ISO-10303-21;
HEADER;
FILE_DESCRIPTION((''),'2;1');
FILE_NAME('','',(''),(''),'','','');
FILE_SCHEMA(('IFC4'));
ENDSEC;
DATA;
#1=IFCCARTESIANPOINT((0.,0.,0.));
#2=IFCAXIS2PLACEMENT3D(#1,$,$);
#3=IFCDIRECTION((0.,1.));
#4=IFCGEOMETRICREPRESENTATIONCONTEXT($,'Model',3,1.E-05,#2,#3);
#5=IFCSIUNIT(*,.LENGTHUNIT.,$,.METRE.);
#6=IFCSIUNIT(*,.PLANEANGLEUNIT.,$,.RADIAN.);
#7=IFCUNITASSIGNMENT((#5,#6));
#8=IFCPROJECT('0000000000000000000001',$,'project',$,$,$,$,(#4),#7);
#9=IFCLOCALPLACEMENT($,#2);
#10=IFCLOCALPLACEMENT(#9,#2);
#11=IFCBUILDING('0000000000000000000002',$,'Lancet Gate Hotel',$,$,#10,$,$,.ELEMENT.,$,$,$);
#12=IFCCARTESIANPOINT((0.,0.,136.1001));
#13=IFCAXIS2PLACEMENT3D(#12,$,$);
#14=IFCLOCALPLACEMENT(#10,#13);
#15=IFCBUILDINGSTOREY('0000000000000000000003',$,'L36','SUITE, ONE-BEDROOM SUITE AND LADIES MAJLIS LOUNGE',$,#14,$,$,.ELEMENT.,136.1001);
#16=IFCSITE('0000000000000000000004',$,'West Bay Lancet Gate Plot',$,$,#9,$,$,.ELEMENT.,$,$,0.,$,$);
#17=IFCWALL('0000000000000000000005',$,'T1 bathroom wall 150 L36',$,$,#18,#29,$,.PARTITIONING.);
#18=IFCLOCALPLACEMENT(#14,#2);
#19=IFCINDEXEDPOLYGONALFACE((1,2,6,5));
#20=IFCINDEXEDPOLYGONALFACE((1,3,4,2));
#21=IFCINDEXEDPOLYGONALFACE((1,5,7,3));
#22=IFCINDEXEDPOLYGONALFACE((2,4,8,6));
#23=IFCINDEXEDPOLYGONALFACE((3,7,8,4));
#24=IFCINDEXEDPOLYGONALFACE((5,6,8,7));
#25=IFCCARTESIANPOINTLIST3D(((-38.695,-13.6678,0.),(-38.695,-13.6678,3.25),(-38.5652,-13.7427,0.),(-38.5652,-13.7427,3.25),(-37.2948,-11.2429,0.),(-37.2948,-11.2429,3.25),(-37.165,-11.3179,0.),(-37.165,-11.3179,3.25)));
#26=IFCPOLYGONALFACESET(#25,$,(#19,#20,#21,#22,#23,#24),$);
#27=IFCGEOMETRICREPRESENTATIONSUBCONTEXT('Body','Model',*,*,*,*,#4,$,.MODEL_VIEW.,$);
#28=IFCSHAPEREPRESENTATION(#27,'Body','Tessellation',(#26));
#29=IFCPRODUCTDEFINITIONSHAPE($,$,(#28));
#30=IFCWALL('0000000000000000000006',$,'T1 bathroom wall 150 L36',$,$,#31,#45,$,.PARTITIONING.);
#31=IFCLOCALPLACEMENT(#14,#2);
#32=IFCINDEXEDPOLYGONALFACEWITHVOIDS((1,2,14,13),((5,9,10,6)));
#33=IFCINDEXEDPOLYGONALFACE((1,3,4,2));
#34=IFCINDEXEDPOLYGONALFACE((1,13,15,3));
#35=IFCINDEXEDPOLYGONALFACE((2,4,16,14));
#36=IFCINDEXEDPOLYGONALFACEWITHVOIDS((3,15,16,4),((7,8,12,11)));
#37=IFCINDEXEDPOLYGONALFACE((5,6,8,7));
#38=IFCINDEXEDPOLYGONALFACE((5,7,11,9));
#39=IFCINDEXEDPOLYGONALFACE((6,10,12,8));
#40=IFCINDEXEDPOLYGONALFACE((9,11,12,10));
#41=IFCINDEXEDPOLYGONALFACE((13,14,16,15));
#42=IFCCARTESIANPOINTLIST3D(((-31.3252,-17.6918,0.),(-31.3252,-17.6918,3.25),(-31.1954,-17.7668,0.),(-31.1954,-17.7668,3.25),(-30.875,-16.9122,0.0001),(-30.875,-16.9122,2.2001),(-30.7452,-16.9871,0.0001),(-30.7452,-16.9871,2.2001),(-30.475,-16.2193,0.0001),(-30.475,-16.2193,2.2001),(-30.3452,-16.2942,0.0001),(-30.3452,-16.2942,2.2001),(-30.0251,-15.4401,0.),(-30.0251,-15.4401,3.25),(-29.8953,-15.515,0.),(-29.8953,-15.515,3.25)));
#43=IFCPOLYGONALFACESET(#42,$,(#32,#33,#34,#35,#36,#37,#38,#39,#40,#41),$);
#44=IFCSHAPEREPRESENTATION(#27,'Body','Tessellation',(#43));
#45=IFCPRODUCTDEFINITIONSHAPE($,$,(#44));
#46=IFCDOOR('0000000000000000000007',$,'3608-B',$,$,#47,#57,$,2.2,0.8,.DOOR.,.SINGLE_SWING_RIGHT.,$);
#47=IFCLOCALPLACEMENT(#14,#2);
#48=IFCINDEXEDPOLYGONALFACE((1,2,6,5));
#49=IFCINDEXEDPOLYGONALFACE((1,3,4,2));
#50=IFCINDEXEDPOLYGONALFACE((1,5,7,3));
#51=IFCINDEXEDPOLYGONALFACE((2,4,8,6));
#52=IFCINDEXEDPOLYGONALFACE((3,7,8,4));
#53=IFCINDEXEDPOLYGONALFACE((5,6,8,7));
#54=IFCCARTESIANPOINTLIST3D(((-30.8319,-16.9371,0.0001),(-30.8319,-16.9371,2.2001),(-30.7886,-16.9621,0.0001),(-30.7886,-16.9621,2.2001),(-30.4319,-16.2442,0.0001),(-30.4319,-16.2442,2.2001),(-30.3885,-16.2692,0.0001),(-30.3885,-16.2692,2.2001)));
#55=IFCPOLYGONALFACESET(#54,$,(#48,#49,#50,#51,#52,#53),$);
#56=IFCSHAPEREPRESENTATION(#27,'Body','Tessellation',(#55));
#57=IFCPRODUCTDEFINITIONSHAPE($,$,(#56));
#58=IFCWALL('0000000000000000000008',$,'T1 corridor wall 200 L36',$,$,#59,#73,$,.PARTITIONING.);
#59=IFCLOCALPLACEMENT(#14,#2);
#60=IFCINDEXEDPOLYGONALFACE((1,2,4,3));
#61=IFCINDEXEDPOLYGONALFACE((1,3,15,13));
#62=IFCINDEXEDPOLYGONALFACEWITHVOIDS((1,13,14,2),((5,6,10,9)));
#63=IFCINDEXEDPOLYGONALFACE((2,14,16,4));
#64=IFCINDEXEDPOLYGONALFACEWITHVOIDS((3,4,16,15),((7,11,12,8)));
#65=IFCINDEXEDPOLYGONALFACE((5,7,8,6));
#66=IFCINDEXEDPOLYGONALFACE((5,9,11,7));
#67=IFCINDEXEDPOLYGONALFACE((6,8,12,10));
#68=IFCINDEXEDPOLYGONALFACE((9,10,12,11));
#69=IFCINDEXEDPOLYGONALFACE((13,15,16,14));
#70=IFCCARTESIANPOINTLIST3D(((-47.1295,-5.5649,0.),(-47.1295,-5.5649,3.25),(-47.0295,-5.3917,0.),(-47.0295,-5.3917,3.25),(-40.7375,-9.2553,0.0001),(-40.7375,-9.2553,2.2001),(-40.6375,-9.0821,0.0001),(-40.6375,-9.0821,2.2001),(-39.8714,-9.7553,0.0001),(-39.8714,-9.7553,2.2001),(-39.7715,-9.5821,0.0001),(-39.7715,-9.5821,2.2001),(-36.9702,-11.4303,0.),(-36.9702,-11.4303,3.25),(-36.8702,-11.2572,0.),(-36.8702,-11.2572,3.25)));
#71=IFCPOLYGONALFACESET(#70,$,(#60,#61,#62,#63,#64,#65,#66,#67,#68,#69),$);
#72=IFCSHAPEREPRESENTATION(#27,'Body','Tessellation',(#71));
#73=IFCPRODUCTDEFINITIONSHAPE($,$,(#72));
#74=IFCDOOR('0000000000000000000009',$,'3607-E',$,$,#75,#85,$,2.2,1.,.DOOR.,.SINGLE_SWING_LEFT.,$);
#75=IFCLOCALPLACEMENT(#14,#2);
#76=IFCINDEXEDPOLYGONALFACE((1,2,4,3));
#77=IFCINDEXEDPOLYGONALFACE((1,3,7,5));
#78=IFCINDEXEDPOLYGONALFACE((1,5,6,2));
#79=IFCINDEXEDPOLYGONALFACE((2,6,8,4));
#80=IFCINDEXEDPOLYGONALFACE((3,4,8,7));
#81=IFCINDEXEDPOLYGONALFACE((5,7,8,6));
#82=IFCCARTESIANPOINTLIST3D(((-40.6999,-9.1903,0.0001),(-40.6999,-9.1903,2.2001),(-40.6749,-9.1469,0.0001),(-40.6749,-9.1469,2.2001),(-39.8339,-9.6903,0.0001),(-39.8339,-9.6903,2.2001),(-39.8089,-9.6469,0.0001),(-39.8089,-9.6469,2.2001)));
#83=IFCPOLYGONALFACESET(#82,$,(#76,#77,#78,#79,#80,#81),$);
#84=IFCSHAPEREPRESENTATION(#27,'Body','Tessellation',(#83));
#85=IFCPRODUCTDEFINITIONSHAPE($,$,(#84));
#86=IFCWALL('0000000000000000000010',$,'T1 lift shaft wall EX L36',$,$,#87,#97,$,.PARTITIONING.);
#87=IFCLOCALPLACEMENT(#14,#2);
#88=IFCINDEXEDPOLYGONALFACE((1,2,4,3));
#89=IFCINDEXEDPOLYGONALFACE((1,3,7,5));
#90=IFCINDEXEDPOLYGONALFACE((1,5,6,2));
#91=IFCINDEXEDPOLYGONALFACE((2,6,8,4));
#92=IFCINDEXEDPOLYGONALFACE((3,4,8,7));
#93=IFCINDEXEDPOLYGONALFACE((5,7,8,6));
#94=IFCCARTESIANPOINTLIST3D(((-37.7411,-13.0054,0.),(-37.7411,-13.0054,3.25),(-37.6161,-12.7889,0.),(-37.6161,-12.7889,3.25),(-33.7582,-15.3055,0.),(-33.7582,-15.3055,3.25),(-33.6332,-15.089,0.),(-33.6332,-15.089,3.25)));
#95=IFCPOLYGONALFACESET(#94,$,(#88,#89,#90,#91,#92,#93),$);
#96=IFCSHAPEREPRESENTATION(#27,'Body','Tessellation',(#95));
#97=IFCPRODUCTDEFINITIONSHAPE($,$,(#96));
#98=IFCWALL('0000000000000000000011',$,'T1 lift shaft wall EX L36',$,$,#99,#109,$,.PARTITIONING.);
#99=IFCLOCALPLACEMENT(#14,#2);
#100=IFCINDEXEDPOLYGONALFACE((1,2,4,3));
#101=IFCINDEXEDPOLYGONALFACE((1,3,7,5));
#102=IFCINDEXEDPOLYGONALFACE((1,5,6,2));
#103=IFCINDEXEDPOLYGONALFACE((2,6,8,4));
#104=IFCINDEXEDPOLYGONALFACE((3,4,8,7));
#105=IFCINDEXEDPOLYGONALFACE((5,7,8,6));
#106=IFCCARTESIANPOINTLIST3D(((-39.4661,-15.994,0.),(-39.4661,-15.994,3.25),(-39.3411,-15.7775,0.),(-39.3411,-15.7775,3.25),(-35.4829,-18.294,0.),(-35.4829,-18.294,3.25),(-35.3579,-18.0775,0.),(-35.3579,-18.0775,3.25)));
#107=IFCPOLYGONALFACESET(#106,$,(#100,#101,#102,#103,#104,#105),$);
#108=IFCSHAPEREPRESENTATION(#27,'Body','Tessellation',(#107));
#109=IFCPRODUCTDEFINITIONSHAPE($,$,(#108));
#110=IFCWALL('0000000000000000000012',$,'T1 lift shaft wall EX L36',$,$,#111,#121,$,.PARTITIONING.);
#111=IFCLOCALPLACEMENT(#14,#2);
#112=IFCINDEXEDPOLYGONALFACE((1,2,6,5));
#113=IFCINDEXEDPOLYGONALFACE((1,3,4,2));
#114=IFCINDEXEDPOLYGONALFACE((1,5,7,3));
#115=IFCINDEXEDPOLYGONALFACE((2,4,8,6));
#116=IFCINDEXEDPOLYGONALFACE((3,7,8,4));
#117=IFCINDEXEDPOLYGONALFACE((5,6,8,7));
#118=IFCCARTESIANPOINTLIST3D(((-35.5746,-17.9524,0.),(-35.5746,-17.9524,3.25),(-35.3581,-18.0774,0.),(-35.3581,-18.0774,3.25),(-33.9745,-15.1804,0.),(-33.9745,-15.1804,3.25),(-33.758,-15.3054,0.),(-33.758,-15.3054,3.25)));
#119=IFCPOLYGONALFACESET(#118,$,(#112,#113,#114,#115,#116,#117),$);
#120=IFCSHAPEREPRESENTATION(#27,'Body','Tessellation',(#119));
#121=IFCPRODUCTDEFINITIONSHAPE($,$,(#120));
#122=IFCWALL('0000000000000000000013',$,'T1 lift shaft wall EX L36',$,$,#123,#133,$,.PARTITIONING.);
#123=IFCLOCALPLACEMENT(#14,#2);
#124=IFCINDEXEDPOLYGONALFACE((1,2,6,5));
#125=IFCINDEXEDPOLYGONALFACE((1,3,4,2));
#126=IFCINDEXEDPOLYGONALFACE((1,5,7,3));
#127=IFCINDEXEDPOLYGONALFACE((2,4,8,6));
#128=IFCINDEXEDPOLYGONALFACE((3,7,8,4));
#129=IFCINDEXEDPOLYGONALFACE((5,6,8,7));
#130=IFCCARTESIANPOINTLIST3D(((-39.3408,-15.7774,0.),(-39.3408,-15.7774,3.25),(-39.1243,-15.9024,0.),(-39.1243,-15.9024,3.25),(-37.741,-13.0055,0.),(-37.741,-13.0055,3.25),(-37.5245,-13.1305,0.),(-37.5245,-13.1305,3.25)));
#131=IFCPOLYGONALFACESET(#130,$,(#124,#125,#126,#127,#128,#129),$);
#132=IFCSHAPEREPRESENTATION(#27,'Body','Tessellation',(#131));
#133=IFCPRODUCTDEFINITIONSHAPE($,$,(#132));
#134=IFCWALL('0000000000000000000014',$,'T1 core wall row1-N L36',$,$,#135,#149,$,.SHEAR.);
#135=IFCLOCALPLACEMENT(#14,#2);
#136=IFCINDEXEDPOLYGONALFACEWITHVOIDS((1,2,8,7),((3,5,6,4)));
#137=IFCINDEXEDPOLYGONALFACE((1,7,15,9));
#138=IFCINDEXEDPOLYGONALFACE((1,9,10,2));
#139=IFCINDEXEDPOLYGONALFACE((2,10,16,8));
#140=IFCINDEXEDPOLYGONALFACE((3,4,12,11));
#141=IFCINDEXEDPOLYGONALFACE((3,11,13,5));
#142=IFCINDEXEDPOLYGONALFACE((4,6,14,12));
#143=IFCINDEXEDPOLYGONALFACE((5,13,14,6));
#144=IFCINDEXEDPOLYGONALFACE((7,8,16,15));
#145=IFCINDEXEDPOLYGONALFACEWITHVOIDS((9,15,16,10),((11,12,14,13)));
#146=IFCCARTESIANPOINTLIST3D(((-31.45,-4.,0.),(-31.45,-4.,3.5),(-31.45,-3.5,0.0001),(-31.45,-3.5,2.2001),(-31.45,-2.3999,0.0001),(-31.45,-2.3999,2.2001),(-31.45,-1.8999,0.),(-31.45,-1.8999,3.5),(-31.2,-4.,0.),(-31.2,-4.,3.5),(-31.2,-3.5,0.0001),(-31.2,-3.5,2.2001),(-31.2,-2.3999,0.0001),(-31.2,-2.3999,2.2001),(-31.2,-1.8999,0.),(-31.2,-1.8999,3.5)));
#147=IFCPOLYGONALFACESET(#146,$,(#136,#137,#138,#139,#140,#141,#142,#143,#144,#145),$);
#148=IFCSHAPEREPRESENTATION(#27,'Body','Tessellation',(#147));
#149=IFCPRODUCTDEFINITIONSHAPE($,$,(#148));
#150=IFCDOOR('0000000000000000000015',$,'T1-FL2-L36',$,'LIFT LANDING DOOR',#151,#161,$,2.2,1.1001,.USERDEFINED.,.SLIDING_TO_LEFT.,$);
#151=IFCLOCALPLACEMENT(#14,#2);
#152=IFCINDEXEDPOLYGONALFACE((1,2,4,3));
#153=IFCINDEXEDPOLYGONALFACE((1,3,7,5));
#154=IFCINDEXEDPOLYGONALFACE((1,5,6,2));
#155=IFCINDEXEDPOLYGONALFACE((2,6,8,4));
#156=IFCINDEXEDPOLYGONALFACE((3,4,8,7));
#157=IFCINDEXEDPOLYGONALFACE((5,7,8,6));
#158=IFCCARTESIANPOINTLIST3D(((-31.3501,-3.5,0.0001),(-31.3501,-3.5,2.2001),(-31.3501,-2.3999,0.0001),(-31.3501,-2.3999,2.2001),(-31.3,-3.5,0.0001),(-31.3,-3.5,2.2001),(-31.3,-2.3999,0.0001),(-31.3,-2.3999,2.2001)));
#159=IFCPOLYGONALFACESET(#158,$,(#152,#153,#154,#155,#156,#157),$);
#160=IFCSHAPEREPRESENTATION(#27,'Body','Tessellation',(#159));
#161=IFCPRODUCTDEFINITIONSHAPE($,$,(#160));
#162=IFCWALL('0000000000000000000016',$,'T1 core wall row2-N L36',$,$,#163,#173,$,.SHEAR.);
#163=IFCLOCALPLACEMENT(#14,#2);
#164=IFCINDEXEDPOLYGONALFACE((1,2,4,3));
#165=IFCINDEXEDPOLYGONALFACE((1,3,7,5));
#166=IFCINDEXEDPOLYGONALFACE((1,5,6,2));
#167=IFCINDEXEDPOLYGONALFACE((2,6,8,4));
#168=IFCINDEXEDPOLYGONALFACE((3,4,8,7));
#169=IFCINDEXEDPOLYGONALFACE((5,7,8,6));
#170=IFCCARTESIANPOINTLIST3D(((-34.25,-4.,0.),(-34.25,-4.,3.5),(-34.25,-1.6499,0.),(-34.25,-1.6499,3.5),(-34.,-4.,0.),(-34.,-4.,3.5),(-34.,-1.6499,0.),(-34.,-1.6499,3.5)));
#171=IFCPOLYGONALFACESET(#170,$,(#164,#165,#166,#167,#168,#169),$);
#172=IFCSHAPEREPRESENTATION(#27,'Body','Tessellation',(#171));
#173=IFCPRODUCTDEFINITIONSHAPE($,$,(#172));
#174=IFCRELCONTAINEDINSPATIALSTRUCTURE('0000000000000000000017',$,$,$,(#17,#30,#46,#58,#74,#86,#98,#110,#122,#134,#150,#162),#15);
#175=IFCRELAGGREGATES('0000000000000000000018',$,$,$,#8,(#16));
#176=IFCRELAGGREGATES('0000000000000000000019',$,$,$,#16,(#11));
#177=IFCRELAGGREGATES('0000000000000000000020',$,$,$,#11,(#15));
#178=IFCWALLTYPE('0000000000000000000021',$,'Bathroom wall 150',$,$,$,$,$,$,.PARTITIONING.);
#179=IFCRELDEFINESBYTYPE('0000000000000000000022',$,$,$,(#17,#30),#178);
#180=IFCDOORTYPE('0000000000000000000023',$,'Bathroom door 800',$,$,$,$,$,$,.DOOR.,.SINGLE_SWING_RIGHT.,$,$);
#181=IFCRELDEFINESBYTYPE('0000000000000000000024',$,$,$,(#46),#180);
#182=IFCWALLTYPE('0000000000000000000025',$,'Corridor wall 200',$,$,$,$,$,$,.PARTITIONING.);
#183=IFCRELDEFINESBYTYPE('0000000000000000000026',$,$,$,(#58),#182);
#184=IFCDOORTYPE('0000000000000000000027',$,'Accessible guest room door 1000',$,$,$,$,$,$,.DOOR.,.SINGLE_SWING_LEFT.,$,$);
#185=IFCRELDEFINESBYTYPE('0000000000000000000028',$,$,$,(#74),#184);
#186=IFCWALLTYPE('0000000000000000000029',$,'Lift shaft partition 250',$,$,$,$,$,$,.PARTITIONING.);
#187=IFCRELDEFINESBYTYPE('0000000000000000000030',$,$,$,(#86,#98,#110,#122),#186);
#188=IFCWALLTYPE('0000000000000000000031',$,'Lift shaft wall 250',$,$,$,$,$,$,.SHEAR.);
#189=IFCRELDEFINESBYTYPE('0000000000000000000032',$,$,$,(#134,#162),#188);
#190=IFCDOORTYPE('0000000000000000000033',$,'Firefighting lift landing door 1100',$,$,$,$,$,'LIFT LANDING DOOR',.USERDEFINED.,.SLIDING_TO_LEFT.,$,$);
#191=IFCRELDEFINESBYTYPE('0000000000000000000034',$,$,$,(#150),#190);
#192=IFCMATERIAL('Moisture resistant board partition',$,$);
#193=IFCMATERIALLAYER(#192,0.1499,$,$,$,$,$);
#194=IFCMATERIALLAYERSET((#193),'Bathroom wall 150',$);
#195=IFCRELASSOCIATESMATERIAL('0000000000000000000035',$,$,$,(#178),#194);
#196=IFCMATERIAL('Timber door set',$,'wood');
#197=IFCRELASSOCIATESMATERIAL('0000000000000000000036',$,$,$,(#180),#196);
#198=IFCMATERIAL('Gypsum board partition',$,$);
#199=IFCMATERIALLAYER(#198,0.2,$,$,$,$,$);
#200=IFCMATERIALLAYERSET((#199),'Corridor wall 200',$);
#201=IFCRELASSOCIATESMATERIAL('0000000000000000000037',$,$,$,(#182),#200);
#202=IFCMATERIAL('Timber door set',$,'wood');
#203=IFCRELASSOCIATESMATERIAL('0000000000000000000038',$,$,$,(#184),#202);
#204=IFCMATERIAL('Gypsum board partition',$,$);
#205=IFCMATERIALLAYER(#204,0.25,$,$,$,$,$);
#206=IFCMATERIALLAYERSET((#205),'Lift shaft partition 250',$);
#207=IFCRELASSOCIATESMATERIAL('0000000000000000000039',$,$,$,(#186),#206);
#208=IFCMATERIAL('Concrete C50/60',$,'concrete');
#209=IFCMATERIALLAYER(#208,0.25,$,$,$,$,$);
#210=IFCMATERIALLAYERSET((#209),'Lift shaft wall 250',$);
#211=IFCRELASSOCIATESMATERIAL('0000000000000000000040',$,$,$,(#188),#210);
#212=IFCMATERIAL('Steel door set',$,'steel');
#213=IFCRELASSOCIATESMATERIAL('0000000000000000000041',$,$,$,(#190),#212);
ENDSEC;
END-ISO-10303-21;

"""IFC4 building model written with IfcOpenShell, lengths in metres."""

from ifc_helpers import new_model, si_unit, direction, frame, frame_2d, origin, place, context, subcontext, project, spatial, rectangle, extrude, material, layer, layer_set, type_object, element, fill, save


model = new_model("IFC4")

# Units and contexts
model_context = context("Model", 3, precision=1e-05, world=origin(), true_north=direction((0.0, 1.0)))
body_context = subcontext(model_context, "Body", "Model", "MODEL_VIEW")
ifc_project = project(units=[si_unit("LENGTHUNIT", "METRE"), si_unit("PLANEANGLEUNIT", "RADIAN")], contexts=[model_context])

# Site, building, storey
site_placement = place(None, origin())
site = spatial("IfcSite", under=ifc_project, at=site_placement, Name="West Bay Lancet Gate Plot", CompositionType="ELEMENT", RefElevation=0.0)
building_placement = place(site_placement, origin())
building = spatial("IfcBuilding", under=site, at=building_placement, Name="Lancet Gate Hotel", CompositionType="ELEMENT")
storey_placement = place(building_placement, frame((0.0, 0.0, 136.1001)))
storey = spatial("IfcBuildingStorey", under=building, at=storey_placement, Name="L36", Description="SUITE, ONE-BEDROOM SUITE AND LADIES MAJLIS LOUNGE", CompositionType="ELEMENT", Elevation=136.1001)

# Wall
ifc_material_1 = material(Name="Moisture resistant board partition")
ifc_layer_1 = layer(ifc_material_1, 0.1499)
ifc_layer_set_1 = layer_set([ifc_layer_1], Name="Bathroom wall 150")
wall_type_1 = type_object("IfcWallType", Name="Bathroom wall 150", PredefinedType="PARTITIONING", material=ifc_layer_set_1)
wall_1_placement = place(storey_placement, frame((-37.23, -11.2805, 0.0), z_axis=(0.0, 0.0, 1.0), x_axis=(-0.50005, -0.865997, 0.0)))
element("IfcWall", 1, at=wall_1_placement, inside=storey, type_object=wall_type_1, Name="T1 bathroom wall 150 L36", PredefinedType="PARTITIONING", context=body_context, shape_type="SweptSolid", body=[
    extrude(rectangle(XDim=2.8, YDim=0.1499, at=frame_2d((1.3999, 0.0))), origin(), (0.0, 0.0, 1.0), 3.25),
])

# Walls, openings, doors
wall_2_placement = place(storey_placement, frame((-29.9602, -15.4775, 0.0), z_axis=(0.0, 0.0, 1.0), x_axis=(-0.500007, -0.866021, 0.0)))
wall_2 = element("IfcWall", 2, at=wall_2_placement, inside=storey, type_object=wall_type_1, Name="T1 bathroom wall 150 L36", PredefinedType="PARTITIONING", context=body_context, shape_type="SweptSolid", body=[
    extrude(rectangle(XDim=2.6001, YDim=0.1499, at=frame_2d((1.3, 0.0))), origin(), (0.0, 0.0, 1.0), 3.25),
])
opening_1_placement = place(wall_2_placement, frame((0.8999, 0.0, 0.0)))
opening_1 = element("IfcOpeningElement", 3, at=opening_1_placement, cuts=wall_2, PredefinedType="OPENING", context=body_context, shape_type="SweptSolid", body=[
    extrude(rectangle(XDim=0.8, YDim=2.2, at=frame_2d((0.3999, 1.1001))), frame((0.0, 0.085, 0.0), z_axis=(0.0, -1.0, 0.0), x_axis=(1.0, 0.0, 0.0)), (0.0, 0.0, 1.0), 0.1699),
])
ifc_material_2 = material(Name="Timber door set", Category="wood")
door_type_1 = type_object("IfcDoorType", Name="Bathroom door 800", OperationType="SINGLE_SWING_RIGHT", PredefinedType="DOOR", material=ifc_material_2)
door_1_placement = place(opening_1_placement, origin())
door_1 = element("IfcDoor", 4, at=door_1_placement, inside=storey, type_object=door_type_1, Name="3608-B", OperationType="SINGLE_SWING_RIGHT", OverallHeight=2.2, OverallWidth=0.8, PredefinedType="DOOR", context=body_context, shape_type="SweptSolid", body=[
    extrude(rectangle(XDim=0.8, YDim=2.2, at=frame_2d((0.3999, 1.1001))), frame((0.0, 0.0249, 0.0), z_axis=(0.0, -1.0, 0.0), x_axis=(1.0, 0.0, 0.0)), (0.0, 0.0, 1.0), 0.05),
])
fill(opening_1, door_1)
ifc_material_3 = material(Name="Gypsum board partition")
ifc_layer_2 = layer(ifc_material_3, 0.2)
ifc_layer_set_2 = layer_set([ifc_layer_2], Name="Corridor wall 200")
wall_type_2 = type_object("IfcWallType", Name="Corridor wall 200", PredefinedType="PARTITIONING", material=ifc_layer_set_2)
wall_3_placement = place(storey_placement, frame((-36.9202, -11.3438, 0.0), z_axis=(0.0, 0.0, 1.0), x_axis=(-0.866028, 0.499996, 0.0)))
wall_3 = element("IfcWall", 5, at=wall_3_placement, inside=storey, type_object=wall_type_2, Name="T1 corridor wall 200 L36", PredefinedType="PARTITIONING", context=body_context, shape_type="SweptSolid", body=[
    extrude(rectangle(XDim=11.731, YDim=0.2, at=frame_2d((5.8655, 0.0))), origin(), (0.0, 0.0, 1.0), 3.25),
])
opening_2_placement = place(wall_3_placement, frame((3.3501, 0.0, 0.0)))
opening_2 = element("IfcOpeningElement", 6, at=opening_2_placement, cuts=wall_3, PredefinedType="OPENING", context=body_context, shape_type="SweptSolid", body=[
    extrude(rectangle(XDim=1.0, YDim=2.2, at=frame_2d((0.5, 1.1001))), frame((0.0, 0.1099, 0.0), z_axis=(0.0, -1.0, 0.0), x_axis=(1.0, 0.0, 0.0)), (0.0, 0.0, 1.0), 0.22),
])
ifc_material_4 = material(Name="Timber door set", Category="wood")
door_type_2 = type_object("IfcDoorType", Name="Accessible guest room door 1000", OperationType="SINGLE_SWING_LEFT", PredefinedType="DOOR", material=ifc_material_4)
door_2_placement = place(opening_2_placement, origin())
door_2 = element("IfcDoor", 7, at=door_2_placement, inside=storey, type_object=door_type_2, Name="3607-E", OperationType="SINGLE_SWING_LEFT", OverallHeight=2.2, OverallWidth=1.0, PredefinedType="DOOR", context=body_context, shape_type="SweptSolid", body=[
    extrude(rectangle(XDim=1.0, YDim=2.2, at=frame_2d((0.5, 1.1001))), frame((0.0, 0.0249, 0.0), z_axis=(0.0, -1.0, 0.0), x_axis=(1.0, 0.0, 0.0)), (0.0, 0.0, 1.0), 0.05),
])
fill(opening_2, door_2)

# Walls
ifc_material_5 = material(Name="Gypsum board partition")
ifc_layer_3 = layer(ifc_material_5, 0.25)
ifc_layer_set_3 = layer_set([ifc_layer_3], Name="Lift shaft partition 250")
wall_type_3 = type_object("IfcWallType", Name="Lift shaft partition 250", PredefinedType="PARTITIONING", material=ifc_layer_set_3)
wall_4_placement = place(storey_placement, frame((-33.6956, -15.1973, 0.0), z_axis=(0.0, 0.0, 1.0), x_axis=(-0.865977, 0.500084, 0.0)))
element("IfcWall", 8, at=wall_4_placement, inside=storey, type_object=wall_type_3, Name="T1 lift shaft wall EX L36", PredefinedType="PARTITIONING", context=body_context, shape_type="SweptSolid", body=[
    extrude(rectangle(XDim=4.5994, YDim=0.25, at=frame_2d((2.2998, 0.0))), origin(), (0.0, 0.0, 1.0), 3.25),
])
wall_5_placement = place(storey_placement, frame((-35.4204, -18.1858, 0.0), z_axis=(0.0, 0.0, 1.0), x_axis=(-0.86599, 0.500061, 0.0)))
element("IfcWall", 9, at=wall_5_placement, inside=storey, type_object=wall_type_3, Name="T1 lift shaft wall EX L36", PredefinedType="PARTITIONING", context=body_context, shape_type="SweptSolid", body=[
    extrude(rectangle(XDim=4.5996, YDim=0.25, at=frame_2d((2.2998, 0.0))), origin(), (0.0, 0.0, 1.0), 3.25),
])
wall_6_placement = place(storey_placement, frame((-33.8662, -15.2429, 0.0), z_axis=(0.0, 0.0, 1.0), x_axis=(-0.499929, -0.866066, 0.0)))
element("IfcWall", 10, at=wall_6_placement, inside=storey, type_object=wall_type_3, Name="T1 lift shaft wall EX L36", PredefinedType="PARTITIONING", context=body_context, shape_type="SweptSolid", body=[
    extrude(rectangle(XDim=3.2007, YDim=0.25, at=frame_2d((1.6003, 0.0))), origin(), (0.0, 0.0, 1.0), 3.25),
])
wall_7_placement = place(storey_placement, frame((-37.6328, -13.0681, 0.0), z_axis=(0.0, 0.0, 1.0), x_axis=(-0.499872, -0.866099, 0.0)))
element("IfcWall", 11, at=wall_7_placement, inside=storey, type_object=wall_type_3, Name="T1 lift shaft wall EX L36", PredefinedType="PARTITIONING", context=body_context, shape_type="SweptSolid", body=[
    extrude(rectangle(XDim=3.2004, YDim=0.25, at=frame_2d((1.6001, 0.0))), origin(), (0.0, 0.0, 1.0), 3.25),
])

# Wall, opening, door
ifc_material_6 = material(Name="Concrete C50/60", Category="concrete")
ifc_layer_4 = layer(ifc_material_6, 0.25)
ifc_layer_set_4 = layer_set([ifc_layer_4], Name="Lift shaft wall 250")
wall_type_4 = type_object("IfcWallType", Name="Lift shaft wall 250", PredefinedType="SHEAR", material=ifc_layer_set_4)
wall_8_placement = place(storey_placement, frame((-31.325, -1.8999, 0.0), z_axis=(0.0, 0.0, 1.0), x_axis=(0.0, -1.0, 0.0)))
wall_8 = element("IfcWall", 12, at=wall_8_placement, inside=storey, type_object=wall_type_4, Name="T1 core wall row1-N L36", PredefinedType="SHEAR", context=body_context, shape_type="SweptSolid", body=[
    extrude(rectangle(XDim=2.1001, YDim=0.25, at=frame_2d((1.05, 0.0))), origin(), (0.0, 0.0, 1.0), 3.5),
])
opening_3_placement = place(wall_8_placement, frame((0.5, 0.0, 0.0)))
opening_3 = element("IfcOpeningElement", 13, at=opening_3_placement, cuts=wall_8, PredefinedType="OPENING", context=body_context, shape_type="SweptSolid", body=[
    extrude(rectangle(XDim=1.1001, YDim=2.2, at=frame_2d((0.55, 1.1001))), frame((0.0, 0.135, 0.0), z_axis=(0.0, -1.0, 0.0), x_axis=(1.0, 0.0, 0.0)), (0.0, 0.0, 1.0), 0.27),
])
ifc_material_7 = material(Name="Steel door set", Category="steel")
door_type_3 = type_object("IfcDoorType", Name="Firefighting lift landing door 1100", ElementType="LIFT LANDING DOOR", OperationType="SLIDING_TO_LEFT", PredefinedType="USERDEFINED", material=ifc_material_7)
door_3_placement = place(opening_3_placement, origin())
door_3 = element("IfcDoor", 14, at=door_3_placement, inside=storey, type_object=door_type_3, Name="T1-FL2-L36", ObjectType="LIFT LANDING DOOR", OperationType="SLIDING_TO_LEFT", OverallHeight=2.2, OverallWidth=1.1001, PredefinedType="USERDEFINED", context=body_context, shape_type="SweptSolid", body=[
    extrude(rectangle(XDim=1.1001, YDim=2.2, at=frame_2d((0.55, 1.1001))), frame((0.0, 0.0249, 0.0), z_axis=(0.0, -1.0, 0.0), x_axis=(1.0, 0.0, 0.0)), (0.0, 0.0, 1.0), 0.05),
])
fill(opening_3, door_3)

# Wall
wall_9_placement = place(storey_placement, frame((-34.125, -1.6499, 0.0), z_axis=(0.0, 0.0, 1.0), x_axis=(0.0, -1.0, 0.0)))
element("IfcWall", 15, at=wall_9_placement, inside=storey, type_object=wall_type_4, Name="T1 core wall row2-N L36", PredefinedType="SHEAR", context=body_context, shape_type="SweptSolid", body=[
    extrude(rectangle(XDim=2.3501, YDim=0.25, at=frame_2d((1.175, 0.0))), origin(), (0.0, 0.0, 1.0), 3.5),
])

save(model, "model.ifc")
